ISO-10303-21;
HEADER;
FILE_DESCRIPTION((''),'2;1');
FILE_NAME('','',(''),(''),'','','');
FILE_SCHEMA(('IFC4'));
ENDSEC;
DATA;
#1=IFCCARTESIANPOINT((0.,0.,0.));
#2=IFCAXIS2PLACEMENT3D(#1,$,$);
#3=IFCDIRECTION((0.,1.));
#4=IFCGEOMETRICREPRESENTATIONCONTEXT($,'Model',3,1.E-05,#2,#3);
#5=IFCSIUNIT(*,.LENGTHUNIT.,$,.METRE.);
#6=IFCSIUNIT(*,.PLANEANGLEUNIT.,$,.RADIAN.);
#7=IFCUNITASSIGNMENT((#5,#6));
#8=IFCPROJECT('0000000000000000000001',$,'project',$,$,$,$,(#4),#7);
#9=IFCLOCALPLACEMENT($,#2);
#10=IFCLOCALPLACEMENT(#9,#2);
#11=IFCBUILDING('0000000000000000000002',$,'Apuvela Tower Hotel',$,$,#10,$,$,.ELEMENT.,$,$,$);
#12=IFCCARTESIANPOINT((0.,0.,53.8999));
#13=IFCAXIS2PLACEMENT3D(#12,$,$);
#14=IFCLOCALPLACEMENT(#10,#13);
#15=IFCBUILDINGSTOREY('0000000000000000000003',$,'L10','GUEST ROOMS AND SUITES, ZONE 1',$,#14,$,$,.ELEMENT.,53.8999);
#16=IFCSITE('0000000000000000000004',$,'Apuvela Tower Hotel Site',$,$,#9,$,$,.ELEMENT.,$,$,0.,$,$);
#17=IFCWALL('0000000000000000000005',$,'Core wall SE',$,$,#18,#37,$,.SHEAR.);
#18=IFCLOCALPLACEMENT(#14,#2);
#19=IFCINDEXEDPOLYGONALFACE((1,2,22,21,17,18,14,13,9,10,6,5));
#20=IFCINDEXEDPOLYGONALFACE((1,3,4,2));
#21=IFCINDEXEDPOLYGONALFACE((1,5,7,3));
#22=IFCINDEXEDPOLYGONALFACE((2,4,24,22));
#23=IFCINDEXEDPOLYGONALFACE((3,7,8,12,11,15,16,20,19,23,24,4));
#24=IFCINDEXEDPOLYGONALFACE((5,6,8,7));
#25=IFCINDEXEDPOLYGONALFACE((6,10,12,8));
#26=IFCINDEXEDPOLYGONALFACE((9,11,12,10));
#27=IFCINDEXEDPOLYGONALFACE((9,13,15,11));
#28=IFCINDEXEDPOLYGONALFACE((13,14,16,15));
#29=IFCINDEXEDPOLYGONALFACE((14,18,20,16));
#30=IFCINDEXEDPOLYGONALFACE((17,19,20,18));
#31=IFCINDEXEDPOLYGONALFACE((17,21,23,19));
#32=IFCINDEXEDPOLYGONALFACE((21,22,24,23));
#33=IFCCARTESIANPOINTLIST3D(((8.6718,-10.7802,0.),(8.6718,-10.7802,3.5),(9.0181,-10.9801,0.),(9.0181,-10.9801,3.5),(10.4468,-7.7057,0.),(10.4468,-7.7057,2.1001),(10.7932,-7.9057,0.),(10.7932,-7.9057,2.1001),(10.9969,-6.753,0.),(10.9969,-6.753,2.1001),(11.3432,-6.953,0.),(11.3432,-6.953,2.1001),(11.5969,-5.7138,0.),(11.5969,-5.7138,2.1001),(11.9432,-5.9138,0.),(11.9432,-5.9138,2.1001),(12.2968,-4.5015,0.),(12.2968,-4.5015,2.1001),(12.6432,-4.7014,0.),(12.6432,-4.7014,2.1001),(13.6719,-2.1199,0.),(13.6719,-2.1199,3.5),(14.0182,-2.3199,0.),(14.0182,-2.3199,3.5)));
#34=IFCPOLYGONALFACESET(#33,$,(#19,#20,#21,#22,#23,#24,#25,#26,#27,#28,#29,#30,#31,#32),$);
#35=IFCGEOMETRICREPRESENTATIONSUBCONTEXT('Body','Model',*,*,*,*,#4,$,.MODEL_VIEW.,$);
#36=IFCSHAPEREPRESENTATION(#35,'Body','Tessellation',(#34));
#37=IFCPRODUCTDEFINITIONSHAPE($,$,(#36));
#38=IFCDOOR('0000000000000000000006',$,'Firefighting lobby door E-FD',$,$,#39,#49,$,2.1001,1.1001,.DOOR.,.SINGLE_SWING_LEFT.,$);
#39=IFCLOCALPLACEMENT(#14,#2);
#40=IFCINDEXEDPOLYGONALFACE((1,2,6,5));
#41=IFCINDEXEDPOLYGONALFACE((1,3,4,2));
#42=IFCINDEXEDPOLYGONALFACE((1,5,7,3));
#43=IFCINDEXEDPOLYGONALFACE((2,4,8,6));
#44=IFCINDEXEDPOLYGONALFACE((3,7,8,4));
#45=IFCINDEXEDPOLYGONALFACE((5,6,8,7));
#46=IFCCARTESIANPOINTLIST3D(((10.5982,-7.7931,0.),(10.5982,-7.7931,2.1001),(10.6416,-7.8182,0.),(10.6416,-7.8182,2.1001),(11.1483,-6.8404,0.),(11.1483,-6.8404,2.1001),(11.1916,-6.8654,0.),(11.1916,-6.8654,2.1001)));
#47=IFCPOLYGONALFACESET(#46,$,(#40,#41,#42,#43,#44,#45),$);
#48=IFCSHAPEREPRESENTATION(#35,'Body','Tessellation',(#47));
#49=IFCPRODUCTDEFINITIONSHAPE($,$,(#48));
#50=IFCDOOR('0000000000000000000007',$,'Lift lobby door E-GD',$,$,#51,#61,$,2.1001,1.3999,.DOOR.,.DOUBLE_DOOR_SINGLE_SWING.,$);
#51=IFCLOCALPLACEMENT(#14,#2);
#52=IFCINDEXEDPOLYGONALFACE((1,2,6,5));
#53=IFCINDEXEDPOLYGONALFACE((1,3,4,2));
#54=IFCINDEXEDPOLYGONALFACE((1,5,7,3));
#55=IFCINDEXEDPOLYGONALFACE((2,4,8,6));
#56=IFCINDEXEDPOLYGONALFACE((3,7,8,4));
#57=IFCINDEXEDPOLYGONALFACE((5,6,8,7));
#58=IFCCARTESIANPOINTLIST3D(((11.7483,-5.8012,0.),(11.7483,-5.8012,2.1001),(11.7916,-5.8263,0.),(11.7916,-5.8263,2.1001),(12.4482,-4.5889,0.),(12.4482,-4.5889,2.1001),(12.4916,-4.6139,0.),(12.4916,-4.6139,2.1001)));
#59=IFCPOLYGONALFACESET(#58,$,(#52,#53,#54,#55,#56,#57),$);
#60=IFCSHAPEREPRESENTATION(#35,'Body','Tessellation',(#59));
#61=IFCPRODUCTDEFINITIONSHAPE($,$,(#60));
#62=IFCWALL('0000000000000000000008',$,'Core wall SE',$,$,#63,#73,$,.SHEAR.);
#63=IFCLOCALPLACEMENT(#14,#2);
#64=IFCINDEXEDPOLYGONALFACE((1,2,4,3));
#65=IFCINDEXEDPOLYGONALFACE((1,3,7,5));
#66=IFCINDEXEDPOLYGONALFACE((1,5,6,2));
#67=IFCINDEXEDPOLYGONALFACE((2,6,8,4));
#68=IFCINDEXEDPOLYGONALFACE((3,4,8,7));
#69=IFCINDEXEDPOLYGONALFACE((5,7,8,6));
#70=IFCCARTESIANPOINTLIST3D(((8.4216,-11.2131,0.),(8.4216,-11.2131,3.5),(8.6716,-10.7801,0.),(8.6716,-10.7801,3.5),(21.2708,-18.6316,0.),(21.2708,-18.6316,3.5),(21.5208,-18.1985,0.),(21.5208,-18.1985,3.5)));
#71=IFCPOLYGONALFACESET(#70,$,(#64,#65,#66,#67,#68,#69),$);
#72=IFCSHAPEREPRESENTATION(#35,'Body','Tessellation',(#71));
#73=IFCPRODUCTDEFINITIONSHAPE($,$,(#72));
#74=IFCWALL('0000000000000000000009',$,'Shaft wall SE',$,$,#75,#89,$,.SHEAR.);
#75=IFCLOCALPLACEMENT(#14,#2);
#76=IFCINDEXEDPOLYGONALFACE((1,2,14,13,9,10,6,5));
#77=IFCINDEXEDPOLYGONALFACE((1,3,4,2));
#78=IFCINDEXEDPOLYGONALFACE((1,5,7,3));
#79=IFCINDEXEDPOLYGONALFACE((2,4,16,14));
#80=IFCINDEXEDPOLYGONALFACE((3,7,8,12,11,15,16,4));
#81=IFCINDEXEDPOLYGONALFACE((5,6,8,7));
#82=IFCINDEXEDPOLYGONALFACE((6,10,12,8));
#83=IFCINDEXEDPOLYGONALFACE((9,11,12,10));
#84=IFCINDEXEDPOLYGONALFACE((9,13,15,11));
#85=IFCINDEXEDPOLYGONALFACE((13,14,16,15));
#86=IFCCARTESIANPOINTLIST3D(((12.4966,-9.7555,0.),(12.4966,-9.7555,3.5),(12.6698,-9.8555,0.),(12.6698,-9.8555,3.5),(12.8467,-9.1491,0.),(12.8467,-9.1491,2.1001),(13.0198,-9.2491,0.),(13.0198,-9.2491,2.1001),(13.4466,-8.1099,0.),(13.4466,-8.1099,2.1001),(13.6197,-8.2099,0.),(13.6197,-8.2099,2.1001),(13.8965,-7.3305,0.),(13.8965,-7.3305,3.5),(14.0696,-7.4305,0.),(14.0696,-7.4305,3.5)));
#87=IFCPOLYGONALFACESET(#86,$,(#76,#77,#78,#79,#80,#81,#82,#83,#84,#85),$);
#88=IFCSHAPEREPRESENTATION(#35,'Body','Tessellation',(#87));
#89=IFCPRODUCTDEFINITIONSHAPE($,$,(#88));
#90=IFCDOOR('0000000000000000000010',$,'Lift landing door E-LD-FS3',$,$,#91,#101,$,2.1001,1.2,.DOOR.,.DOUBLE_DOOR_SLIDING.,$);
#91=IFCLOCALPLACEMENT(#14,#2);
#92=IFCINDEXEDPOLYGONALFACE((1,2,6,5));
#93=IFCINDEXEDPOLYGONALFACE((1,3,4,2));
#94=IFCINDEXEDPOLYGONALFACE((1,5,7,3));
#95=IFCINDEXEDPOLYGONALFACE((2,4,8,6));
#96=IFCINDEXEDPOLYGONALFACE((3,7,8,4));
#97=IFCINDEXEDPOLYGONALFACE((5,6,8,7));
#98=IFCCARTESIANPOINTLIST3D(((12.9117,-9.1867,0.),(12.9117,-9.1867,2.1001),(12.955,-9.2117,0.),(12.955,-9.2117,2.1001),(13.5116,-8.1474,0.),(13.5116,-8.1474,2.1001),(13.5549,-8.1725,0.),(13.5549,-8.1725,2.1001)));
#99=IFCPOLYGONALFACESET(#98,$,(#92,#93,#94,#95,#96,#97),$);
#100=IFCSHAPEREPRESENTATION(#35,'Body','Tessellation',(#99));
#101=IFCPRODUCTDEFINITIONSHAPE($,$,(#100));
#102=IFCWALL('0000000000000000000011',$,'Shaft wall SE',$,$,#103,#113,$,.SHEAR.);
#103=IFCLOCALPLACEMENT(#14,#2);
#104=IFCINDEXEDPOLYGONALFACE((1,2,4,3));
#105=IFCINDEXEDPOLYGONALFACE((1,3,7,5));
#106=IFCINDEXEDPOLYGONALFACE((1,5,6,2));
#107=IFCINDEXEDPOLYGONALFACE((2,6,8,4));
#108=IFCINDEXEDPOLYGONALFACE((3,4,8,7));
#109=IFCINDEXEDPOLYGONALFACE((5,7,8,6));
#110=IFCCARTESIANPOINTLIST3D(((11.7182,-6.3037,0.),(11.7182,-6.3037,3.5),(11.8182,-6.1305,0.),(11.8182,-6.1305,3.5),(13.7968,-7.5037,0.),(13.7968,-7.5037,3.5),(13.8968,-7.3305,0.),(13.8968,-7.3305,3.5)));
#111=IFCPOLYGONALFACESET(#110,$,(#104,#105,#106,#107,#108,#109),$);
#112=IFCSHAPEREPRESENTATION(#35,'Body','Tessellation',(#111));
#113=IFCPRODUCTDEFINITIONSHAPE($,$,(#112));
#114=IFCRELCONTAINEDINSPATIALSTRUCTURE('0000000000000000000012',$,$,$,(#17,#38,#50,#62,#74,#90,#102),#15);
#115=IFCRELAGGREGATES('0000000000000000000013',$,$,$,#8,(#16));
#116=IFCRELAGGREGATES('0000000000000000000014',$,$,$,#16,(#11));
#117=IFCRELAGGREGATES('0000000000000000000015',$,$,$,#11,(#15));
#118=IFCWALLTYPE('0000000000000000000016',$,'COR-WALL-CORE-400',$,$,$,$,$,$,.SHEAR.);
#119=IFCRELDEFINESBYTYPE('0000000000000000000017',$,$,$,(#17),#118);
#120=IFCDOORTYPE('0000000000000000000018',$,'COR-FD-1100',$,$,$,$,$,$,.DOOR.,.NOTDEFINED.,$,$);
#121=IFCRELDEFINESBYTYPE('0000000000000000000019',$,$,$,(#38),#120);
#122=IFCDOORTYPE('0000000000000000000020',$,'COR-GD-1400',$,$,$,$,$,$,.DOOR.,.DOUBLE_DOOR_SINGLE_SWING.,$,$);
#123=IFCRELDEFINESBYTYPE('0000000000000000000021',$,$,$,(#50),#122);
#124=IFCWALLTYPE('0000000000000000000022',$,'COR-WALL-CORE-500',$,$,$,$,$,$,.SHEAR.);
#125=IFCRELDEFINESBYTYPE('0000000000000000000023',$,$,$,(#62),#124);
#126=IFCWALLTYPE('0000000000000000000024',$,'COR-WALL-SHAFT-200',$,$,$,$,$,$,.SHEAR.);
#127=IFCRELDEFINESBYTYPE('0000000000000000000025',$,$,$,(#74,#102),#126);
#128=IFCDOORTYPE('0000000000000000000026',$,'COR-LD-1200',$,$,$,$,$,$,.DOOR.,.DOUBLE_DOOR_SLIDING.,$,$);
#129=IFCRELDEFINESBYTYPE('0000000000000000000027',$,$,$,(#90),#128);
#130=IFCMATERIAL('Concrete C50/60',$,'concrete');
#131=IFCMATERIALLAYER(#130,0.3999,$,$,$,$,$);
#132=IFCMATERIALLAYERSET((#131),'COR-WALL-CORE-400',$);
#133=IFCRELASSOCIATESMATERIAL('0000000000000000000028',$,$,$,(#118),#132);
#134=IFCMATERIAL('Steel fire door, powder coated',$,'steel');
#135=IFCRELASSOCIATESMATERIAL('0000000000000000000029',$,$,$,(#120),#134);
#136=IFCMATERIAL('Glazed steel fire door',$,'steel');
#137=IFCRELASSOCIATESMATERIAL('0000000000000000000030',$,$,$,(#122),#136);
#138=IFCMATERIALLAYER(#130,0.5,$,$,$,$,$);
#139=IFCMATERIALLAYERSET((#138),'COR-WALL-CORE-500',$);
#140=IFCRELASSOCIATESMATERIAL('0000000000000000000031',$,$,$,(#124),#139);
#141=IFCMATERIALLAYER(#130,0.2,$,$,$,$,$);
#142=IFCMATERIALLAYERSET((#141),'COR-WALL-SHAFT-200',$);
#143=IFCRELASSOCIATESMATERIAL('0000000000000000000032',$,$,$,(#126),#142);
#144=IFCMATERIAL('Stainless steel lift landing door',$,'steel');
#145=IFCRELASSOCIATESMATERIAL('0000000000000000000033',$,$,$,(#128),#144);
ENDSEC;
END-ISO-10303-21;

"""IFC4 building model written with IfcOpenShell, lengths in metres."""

from ifc_helpers import new_model, si_unit, direction, frame, frame_2d, origin, place, context, subcontext, project, spatial, rectangle, extrude, material, layer, layer_set, type_object, element, fill, save


model = new_model("IFC4")

# Units and contexts
model_context = context("Model", 3, precision=1e-05, world=origin(), true_north=direction((0.0, 1.0)))
body_context = subcontext(model_context, "Body", "Model", "MODEL_VIEW")
ifc_project = project(units=[si_unit("LENGTHUNIT", "METRE"), si_unit("PLANEANGLEUNIT", "RADIAN")], contexts=[model_context])

# Site, building, storey
site_placement = place(None, origin())
site = spatial("IfcSite", under=ifc_project, at=site_placement, Name="Apuvela Tower Hotel Site", CompositionType="ELEMENT", RefElevation=0.0)
building_placement = place(site_placement, origin())
building = spatial("IfcBuilding", under=site, at=building_placement, Name="Apuvela Tower Hotel", CompositionType="ELEMENT")
storey_placement = place(building_placement, frame((0.0, 0.0, 53.8999)))
storey = spatial("IfcBuildingStorey", under=building, at=storey_placement, Name="L10", Description="GUEST ROOMS AND SUITES, ZONE 1", CompositionType="ELEMENT", Elevation=53.8999)

# Shared definitions
ifc_material_1 = material(Name="Concrete C50/60", Category="concrete")

# Wall, openings, doors
ifc_layer_1 = layer(ifc_material_1, 0.3999)
ifc_layer_set_1 = layer_set([ifc_layer_1], Name="COR-WALL-CORE-400")
wall_type_1 = type_object("IfcWallType", Name="COR-WALL-CORE-400", PredefinedType="SHEAR", material=ifc_layer_set_1)
wall_1_placement = place(storey_placement, frame((8.845, -10.8801, 0.0), z_axis=(0.0, 0.0, 1.0), x_axis=(0.500004, 0.866023, 0.0)))
wall_1 = element("IfcWall", 1, at=wall_1_placement, inside=storey, type_object=wall_type_1, Name="Core wall SE", PredefinedType="SHEAR", context=body_context, shape_type="SweptSolid", body=[
    extrude(rectangle(XDim=10.0, YDim=0.3999, at=frame_2d((5.0, 0.0))), origin(), (0.0, 0.0, 1.0), 3.5),
])
opening_1_placement = place(wall_1_placement, frame((3.55, 0.0, 0.0)))
opening_1 = element("IfcOpeningElement", 2, at=opening_1_placement, cuts=wall_1, PredefinedType="OPENING", context=body_context, shape_type="SweptSolid", body=[
    extrude(rectangle(XDim=1.1001, YDim=2.1001, at=frame_2d((0.55, 1.05))), frame((0.0, 0.21, 0.0), z_axis=(0.0, -1.0, 0.0), x_axis=(1.0, 0.0, 0.0)), (0.0, 0.0, 1.0), 0.4199),
])
opening_2_placement = place(wall_1_placement, frame((5.8501, 0.0, 0.0)))
opening_2 = element("IfcOpeningElement", 3, at=opening_2_placement, cuts=wall_1, PredefinedType="OPENING", context=body_context, shape_type="SweptSolid", body=[
    extrude(rectangle(XDim=1.3999, YDim=2.1001, at=frame_2d((0.7, 1.05))), frame((0.0, 0.21, 0.0), z_axis=(0.0, -1.0, 0.0), x_axis=(1.0, 0.0, 0.0)), (0.0, 0.0, 1.0), 0.4199),
])
ifc_material_2 = material(Name="Steel fire door, powder coated", Category="steel")
door_type_1 = type_object("IfcDoorType", Name="COR-FD-1100", OperationType="NOTDEFINED", PredefinedType="DOOR", material=ifc_material_2)
door_1_placement = place(opening_1_placement, frame((1.1001, 0.0, 0.0), z_axis=(0.0, 0.0, 1.0), x_axis=(-1.0, 0.0, 0.0)))
door_1 = element("IfcDoor", 4, at=door_1_placement, inside=storey, type_object=door_type_1, Name="Firefighting lobby door E-FD", OperationType="SINGLE_SWING_LEFT", OverallHeight=2.1001, OverallWidth=1.1001, PredefinedType="DOOR", context=body_context, shape_type="SweptSolid", body=[
    extrude(rectangle(XDim=1.1001, YDim=2.1001, at=frame_2d((0.55, 1.05))), frame((0.0, 0.0249, 0.0), z_axis=(0.0, -1.0, 0.0), x_axis=(1.0, 0.0, 0.0)), (0.0, 0.0, 1.0), 0.05),
])
fill(opening_1, door_1)
ifc_material_3 = material(Name="Glazed steel fire door", Category="steel")
door_type_2 = type_object("IfcDoorType", Name="COR-GD-1400", OperationType="DOUBLE_DOOR_SINGLE_SWING", PredefinedType="DOOR", material=ifc_material_3)
door_2_placement = place(opening_2_placement, frame((1.3999, 0.0, 0.0), z_axis=(0.0, 0.0, 1.0), x_axis=(-1.0, 0.0, 0.0)))
door_2 = element("IfcDoor", 5, at=door_2_placement, inside=storey, type_object=door_type_2, Name="Lift lobby door E-GD", OperationType="DOUBLE_DOOR_SINGLE_SWING", OverallHeight=2.1001, OverallWidth=1.3999, PredefinedType="DOOR", context=body_context, shape_type="SweptSolid", body=[
    extrude(rectangle(XDim=1.3999, YDim=2.1001, at=frame_2d((0.7, 1.05))), frame((0.0, 0.0249, 0.0), z_axis=(0.0, -1.0, 0.0), x_axis=(1.0, 0.0, 0.0)), (0.0, 0.0, 1.0), 0.05),
])
fill(opening_2, door_2)

# Wall
ifc_layer_2 = layer(ifc_material_1, 0.5)
ifc_layer_set_2 = layer_set([ifc_layer_2], Name="COR-WALL-CORE-500")
wall_type_2 = type_object("IfcWallType", Name="COR-WALL-CORE-500", PredefinedType="SHEAR", material=ifc_layer_set_2)
wall_2_placement = place(storey_placement, frame((8.5466, -10.9966, 0.0), z_axis=(0.0, 0.0, 1.0), x_axis=(0.866025, -0.500001, 0.0)))
element("IfcWall", 6, at=wall_2_placement, inside=storey, type_object=wall_type_2, Name="Core wall SE", PredefinedType="SHEAR", context=body_context, shape_type="SweptSolid", body=[
    extrude(rectangle(XDim=14.8369, YDim=0.5, at=frame_2d((7.4185, 0.0))), origin(), (0.0, 0.0, 1.0), 3.5),
])

# Wall, opening, door
ifc_layer_3 = layer(ifc_material_1, 0.2)
ifc_layer_set_3 = layer_set([ifc_layer_3], Name="COR-WALL-SHAFT-200")
wall_type_3 = type_object("IfcWallType", Name="COR-WALL-SHAFT-200", PredefinedType="SHEAR", material=ifc_layer_set_3)
wall_3_placement = place(storey_placement, frame((12.5833, -9.8054, 0.0), z_axis=(0.0, 0.0, 1.0), x_axis=(0.499946, 0.866056, 0.0)))
wall_3 = element("IfcWall", 7, at=wall_3_placement, inside=storey, type_object=wall_type_3, Name="Shaft wall SE", PredefinedType="SHEAR", context=body_context, shape_type="SweptSolid", body=[
    extrude(rectangle(XDim=2.8, YDim=0.2, at=frame_2d((1.3999, 0.0))), origin(), (0.0, 0.0, 1.0), 3.5),
])
opening_3_placement = place(wall_3_placement, frame((0.7, 0.0, 0.0)))
opening_3 = element("IfcOpeningElement", 8, at=opening_3_placement, cuts=wall_3, PredefinedType="OPENING", context=body_context, shape_type="SweptSolid", body=[
    extrude(rectangle(XDim=1.2, YDim=2.1001, at=frame_2d((0.6001, 1.05))), frame((0.0, 0.1099, 0.0), z_axis=(0.0, -1.0, 0.0), x_axis=(1.0, 0.0, 0.0)), (0.0, 0.0, 1.0), 0.22),
])
ifc_material_4 = material(Name="Stainless steel lift landing door", Category="steel")
door_type_3 = type_object("IfcDoorType", Name="COR-LD-1200", OperationType="DOUBLE_DOOR_SLIDING", PredefinedType="DOOR", material=ifc_material_4)
door_3_placement = place(opening_3_placement, origin())
door_3 = element("IfcDoor", 9, at=door_3_placement, inside=storey, type_object=door_type_3, Name="Lift landing door E-LD-FS3", OperationType="DOUBLE_DOOR_SLIDING", OverallHeight=2.1001, OverallWidth=1.2, PredefinedType="DOOR", context=body_context, shape_type="SweptSolid", body=[
    extrude(rectangle(XDim=1.2, YDim=2.1001, at=frame_2d((0.6001, 1.05))), frame((0.0, 0.0249, 0.0), z_axis=(0.0, -1.0, 0.0), x_axis=(1.0, 0.0, 0.0)), (0.0, 0.0, 1.0), 0.05),
])
fill(opening_3, door_3)

# Wall
wall_4_placement = place(storey_placement, frame((11.7681, -6.217, 0.0), z_axis=(0.0, 0.0, 1.0), x_axis=(0.86605, -0.499957, 0.0)))
element("IfcWall", 10, at=wall_4_placement, inside=storey, type_object=wall_type_3, Name="Shaft wall SE", PredefinedType="SHEAR", context=body_context, shape_type="SweptSolid", body=[
    extrude(rectangle(XDim=2.4001, YDim=0.2, at=frame_2d((1.2002, 0.0))), origin(), (0.0, 0.0, 1.0), 3.5),
])

save(model, "model.ifc")
